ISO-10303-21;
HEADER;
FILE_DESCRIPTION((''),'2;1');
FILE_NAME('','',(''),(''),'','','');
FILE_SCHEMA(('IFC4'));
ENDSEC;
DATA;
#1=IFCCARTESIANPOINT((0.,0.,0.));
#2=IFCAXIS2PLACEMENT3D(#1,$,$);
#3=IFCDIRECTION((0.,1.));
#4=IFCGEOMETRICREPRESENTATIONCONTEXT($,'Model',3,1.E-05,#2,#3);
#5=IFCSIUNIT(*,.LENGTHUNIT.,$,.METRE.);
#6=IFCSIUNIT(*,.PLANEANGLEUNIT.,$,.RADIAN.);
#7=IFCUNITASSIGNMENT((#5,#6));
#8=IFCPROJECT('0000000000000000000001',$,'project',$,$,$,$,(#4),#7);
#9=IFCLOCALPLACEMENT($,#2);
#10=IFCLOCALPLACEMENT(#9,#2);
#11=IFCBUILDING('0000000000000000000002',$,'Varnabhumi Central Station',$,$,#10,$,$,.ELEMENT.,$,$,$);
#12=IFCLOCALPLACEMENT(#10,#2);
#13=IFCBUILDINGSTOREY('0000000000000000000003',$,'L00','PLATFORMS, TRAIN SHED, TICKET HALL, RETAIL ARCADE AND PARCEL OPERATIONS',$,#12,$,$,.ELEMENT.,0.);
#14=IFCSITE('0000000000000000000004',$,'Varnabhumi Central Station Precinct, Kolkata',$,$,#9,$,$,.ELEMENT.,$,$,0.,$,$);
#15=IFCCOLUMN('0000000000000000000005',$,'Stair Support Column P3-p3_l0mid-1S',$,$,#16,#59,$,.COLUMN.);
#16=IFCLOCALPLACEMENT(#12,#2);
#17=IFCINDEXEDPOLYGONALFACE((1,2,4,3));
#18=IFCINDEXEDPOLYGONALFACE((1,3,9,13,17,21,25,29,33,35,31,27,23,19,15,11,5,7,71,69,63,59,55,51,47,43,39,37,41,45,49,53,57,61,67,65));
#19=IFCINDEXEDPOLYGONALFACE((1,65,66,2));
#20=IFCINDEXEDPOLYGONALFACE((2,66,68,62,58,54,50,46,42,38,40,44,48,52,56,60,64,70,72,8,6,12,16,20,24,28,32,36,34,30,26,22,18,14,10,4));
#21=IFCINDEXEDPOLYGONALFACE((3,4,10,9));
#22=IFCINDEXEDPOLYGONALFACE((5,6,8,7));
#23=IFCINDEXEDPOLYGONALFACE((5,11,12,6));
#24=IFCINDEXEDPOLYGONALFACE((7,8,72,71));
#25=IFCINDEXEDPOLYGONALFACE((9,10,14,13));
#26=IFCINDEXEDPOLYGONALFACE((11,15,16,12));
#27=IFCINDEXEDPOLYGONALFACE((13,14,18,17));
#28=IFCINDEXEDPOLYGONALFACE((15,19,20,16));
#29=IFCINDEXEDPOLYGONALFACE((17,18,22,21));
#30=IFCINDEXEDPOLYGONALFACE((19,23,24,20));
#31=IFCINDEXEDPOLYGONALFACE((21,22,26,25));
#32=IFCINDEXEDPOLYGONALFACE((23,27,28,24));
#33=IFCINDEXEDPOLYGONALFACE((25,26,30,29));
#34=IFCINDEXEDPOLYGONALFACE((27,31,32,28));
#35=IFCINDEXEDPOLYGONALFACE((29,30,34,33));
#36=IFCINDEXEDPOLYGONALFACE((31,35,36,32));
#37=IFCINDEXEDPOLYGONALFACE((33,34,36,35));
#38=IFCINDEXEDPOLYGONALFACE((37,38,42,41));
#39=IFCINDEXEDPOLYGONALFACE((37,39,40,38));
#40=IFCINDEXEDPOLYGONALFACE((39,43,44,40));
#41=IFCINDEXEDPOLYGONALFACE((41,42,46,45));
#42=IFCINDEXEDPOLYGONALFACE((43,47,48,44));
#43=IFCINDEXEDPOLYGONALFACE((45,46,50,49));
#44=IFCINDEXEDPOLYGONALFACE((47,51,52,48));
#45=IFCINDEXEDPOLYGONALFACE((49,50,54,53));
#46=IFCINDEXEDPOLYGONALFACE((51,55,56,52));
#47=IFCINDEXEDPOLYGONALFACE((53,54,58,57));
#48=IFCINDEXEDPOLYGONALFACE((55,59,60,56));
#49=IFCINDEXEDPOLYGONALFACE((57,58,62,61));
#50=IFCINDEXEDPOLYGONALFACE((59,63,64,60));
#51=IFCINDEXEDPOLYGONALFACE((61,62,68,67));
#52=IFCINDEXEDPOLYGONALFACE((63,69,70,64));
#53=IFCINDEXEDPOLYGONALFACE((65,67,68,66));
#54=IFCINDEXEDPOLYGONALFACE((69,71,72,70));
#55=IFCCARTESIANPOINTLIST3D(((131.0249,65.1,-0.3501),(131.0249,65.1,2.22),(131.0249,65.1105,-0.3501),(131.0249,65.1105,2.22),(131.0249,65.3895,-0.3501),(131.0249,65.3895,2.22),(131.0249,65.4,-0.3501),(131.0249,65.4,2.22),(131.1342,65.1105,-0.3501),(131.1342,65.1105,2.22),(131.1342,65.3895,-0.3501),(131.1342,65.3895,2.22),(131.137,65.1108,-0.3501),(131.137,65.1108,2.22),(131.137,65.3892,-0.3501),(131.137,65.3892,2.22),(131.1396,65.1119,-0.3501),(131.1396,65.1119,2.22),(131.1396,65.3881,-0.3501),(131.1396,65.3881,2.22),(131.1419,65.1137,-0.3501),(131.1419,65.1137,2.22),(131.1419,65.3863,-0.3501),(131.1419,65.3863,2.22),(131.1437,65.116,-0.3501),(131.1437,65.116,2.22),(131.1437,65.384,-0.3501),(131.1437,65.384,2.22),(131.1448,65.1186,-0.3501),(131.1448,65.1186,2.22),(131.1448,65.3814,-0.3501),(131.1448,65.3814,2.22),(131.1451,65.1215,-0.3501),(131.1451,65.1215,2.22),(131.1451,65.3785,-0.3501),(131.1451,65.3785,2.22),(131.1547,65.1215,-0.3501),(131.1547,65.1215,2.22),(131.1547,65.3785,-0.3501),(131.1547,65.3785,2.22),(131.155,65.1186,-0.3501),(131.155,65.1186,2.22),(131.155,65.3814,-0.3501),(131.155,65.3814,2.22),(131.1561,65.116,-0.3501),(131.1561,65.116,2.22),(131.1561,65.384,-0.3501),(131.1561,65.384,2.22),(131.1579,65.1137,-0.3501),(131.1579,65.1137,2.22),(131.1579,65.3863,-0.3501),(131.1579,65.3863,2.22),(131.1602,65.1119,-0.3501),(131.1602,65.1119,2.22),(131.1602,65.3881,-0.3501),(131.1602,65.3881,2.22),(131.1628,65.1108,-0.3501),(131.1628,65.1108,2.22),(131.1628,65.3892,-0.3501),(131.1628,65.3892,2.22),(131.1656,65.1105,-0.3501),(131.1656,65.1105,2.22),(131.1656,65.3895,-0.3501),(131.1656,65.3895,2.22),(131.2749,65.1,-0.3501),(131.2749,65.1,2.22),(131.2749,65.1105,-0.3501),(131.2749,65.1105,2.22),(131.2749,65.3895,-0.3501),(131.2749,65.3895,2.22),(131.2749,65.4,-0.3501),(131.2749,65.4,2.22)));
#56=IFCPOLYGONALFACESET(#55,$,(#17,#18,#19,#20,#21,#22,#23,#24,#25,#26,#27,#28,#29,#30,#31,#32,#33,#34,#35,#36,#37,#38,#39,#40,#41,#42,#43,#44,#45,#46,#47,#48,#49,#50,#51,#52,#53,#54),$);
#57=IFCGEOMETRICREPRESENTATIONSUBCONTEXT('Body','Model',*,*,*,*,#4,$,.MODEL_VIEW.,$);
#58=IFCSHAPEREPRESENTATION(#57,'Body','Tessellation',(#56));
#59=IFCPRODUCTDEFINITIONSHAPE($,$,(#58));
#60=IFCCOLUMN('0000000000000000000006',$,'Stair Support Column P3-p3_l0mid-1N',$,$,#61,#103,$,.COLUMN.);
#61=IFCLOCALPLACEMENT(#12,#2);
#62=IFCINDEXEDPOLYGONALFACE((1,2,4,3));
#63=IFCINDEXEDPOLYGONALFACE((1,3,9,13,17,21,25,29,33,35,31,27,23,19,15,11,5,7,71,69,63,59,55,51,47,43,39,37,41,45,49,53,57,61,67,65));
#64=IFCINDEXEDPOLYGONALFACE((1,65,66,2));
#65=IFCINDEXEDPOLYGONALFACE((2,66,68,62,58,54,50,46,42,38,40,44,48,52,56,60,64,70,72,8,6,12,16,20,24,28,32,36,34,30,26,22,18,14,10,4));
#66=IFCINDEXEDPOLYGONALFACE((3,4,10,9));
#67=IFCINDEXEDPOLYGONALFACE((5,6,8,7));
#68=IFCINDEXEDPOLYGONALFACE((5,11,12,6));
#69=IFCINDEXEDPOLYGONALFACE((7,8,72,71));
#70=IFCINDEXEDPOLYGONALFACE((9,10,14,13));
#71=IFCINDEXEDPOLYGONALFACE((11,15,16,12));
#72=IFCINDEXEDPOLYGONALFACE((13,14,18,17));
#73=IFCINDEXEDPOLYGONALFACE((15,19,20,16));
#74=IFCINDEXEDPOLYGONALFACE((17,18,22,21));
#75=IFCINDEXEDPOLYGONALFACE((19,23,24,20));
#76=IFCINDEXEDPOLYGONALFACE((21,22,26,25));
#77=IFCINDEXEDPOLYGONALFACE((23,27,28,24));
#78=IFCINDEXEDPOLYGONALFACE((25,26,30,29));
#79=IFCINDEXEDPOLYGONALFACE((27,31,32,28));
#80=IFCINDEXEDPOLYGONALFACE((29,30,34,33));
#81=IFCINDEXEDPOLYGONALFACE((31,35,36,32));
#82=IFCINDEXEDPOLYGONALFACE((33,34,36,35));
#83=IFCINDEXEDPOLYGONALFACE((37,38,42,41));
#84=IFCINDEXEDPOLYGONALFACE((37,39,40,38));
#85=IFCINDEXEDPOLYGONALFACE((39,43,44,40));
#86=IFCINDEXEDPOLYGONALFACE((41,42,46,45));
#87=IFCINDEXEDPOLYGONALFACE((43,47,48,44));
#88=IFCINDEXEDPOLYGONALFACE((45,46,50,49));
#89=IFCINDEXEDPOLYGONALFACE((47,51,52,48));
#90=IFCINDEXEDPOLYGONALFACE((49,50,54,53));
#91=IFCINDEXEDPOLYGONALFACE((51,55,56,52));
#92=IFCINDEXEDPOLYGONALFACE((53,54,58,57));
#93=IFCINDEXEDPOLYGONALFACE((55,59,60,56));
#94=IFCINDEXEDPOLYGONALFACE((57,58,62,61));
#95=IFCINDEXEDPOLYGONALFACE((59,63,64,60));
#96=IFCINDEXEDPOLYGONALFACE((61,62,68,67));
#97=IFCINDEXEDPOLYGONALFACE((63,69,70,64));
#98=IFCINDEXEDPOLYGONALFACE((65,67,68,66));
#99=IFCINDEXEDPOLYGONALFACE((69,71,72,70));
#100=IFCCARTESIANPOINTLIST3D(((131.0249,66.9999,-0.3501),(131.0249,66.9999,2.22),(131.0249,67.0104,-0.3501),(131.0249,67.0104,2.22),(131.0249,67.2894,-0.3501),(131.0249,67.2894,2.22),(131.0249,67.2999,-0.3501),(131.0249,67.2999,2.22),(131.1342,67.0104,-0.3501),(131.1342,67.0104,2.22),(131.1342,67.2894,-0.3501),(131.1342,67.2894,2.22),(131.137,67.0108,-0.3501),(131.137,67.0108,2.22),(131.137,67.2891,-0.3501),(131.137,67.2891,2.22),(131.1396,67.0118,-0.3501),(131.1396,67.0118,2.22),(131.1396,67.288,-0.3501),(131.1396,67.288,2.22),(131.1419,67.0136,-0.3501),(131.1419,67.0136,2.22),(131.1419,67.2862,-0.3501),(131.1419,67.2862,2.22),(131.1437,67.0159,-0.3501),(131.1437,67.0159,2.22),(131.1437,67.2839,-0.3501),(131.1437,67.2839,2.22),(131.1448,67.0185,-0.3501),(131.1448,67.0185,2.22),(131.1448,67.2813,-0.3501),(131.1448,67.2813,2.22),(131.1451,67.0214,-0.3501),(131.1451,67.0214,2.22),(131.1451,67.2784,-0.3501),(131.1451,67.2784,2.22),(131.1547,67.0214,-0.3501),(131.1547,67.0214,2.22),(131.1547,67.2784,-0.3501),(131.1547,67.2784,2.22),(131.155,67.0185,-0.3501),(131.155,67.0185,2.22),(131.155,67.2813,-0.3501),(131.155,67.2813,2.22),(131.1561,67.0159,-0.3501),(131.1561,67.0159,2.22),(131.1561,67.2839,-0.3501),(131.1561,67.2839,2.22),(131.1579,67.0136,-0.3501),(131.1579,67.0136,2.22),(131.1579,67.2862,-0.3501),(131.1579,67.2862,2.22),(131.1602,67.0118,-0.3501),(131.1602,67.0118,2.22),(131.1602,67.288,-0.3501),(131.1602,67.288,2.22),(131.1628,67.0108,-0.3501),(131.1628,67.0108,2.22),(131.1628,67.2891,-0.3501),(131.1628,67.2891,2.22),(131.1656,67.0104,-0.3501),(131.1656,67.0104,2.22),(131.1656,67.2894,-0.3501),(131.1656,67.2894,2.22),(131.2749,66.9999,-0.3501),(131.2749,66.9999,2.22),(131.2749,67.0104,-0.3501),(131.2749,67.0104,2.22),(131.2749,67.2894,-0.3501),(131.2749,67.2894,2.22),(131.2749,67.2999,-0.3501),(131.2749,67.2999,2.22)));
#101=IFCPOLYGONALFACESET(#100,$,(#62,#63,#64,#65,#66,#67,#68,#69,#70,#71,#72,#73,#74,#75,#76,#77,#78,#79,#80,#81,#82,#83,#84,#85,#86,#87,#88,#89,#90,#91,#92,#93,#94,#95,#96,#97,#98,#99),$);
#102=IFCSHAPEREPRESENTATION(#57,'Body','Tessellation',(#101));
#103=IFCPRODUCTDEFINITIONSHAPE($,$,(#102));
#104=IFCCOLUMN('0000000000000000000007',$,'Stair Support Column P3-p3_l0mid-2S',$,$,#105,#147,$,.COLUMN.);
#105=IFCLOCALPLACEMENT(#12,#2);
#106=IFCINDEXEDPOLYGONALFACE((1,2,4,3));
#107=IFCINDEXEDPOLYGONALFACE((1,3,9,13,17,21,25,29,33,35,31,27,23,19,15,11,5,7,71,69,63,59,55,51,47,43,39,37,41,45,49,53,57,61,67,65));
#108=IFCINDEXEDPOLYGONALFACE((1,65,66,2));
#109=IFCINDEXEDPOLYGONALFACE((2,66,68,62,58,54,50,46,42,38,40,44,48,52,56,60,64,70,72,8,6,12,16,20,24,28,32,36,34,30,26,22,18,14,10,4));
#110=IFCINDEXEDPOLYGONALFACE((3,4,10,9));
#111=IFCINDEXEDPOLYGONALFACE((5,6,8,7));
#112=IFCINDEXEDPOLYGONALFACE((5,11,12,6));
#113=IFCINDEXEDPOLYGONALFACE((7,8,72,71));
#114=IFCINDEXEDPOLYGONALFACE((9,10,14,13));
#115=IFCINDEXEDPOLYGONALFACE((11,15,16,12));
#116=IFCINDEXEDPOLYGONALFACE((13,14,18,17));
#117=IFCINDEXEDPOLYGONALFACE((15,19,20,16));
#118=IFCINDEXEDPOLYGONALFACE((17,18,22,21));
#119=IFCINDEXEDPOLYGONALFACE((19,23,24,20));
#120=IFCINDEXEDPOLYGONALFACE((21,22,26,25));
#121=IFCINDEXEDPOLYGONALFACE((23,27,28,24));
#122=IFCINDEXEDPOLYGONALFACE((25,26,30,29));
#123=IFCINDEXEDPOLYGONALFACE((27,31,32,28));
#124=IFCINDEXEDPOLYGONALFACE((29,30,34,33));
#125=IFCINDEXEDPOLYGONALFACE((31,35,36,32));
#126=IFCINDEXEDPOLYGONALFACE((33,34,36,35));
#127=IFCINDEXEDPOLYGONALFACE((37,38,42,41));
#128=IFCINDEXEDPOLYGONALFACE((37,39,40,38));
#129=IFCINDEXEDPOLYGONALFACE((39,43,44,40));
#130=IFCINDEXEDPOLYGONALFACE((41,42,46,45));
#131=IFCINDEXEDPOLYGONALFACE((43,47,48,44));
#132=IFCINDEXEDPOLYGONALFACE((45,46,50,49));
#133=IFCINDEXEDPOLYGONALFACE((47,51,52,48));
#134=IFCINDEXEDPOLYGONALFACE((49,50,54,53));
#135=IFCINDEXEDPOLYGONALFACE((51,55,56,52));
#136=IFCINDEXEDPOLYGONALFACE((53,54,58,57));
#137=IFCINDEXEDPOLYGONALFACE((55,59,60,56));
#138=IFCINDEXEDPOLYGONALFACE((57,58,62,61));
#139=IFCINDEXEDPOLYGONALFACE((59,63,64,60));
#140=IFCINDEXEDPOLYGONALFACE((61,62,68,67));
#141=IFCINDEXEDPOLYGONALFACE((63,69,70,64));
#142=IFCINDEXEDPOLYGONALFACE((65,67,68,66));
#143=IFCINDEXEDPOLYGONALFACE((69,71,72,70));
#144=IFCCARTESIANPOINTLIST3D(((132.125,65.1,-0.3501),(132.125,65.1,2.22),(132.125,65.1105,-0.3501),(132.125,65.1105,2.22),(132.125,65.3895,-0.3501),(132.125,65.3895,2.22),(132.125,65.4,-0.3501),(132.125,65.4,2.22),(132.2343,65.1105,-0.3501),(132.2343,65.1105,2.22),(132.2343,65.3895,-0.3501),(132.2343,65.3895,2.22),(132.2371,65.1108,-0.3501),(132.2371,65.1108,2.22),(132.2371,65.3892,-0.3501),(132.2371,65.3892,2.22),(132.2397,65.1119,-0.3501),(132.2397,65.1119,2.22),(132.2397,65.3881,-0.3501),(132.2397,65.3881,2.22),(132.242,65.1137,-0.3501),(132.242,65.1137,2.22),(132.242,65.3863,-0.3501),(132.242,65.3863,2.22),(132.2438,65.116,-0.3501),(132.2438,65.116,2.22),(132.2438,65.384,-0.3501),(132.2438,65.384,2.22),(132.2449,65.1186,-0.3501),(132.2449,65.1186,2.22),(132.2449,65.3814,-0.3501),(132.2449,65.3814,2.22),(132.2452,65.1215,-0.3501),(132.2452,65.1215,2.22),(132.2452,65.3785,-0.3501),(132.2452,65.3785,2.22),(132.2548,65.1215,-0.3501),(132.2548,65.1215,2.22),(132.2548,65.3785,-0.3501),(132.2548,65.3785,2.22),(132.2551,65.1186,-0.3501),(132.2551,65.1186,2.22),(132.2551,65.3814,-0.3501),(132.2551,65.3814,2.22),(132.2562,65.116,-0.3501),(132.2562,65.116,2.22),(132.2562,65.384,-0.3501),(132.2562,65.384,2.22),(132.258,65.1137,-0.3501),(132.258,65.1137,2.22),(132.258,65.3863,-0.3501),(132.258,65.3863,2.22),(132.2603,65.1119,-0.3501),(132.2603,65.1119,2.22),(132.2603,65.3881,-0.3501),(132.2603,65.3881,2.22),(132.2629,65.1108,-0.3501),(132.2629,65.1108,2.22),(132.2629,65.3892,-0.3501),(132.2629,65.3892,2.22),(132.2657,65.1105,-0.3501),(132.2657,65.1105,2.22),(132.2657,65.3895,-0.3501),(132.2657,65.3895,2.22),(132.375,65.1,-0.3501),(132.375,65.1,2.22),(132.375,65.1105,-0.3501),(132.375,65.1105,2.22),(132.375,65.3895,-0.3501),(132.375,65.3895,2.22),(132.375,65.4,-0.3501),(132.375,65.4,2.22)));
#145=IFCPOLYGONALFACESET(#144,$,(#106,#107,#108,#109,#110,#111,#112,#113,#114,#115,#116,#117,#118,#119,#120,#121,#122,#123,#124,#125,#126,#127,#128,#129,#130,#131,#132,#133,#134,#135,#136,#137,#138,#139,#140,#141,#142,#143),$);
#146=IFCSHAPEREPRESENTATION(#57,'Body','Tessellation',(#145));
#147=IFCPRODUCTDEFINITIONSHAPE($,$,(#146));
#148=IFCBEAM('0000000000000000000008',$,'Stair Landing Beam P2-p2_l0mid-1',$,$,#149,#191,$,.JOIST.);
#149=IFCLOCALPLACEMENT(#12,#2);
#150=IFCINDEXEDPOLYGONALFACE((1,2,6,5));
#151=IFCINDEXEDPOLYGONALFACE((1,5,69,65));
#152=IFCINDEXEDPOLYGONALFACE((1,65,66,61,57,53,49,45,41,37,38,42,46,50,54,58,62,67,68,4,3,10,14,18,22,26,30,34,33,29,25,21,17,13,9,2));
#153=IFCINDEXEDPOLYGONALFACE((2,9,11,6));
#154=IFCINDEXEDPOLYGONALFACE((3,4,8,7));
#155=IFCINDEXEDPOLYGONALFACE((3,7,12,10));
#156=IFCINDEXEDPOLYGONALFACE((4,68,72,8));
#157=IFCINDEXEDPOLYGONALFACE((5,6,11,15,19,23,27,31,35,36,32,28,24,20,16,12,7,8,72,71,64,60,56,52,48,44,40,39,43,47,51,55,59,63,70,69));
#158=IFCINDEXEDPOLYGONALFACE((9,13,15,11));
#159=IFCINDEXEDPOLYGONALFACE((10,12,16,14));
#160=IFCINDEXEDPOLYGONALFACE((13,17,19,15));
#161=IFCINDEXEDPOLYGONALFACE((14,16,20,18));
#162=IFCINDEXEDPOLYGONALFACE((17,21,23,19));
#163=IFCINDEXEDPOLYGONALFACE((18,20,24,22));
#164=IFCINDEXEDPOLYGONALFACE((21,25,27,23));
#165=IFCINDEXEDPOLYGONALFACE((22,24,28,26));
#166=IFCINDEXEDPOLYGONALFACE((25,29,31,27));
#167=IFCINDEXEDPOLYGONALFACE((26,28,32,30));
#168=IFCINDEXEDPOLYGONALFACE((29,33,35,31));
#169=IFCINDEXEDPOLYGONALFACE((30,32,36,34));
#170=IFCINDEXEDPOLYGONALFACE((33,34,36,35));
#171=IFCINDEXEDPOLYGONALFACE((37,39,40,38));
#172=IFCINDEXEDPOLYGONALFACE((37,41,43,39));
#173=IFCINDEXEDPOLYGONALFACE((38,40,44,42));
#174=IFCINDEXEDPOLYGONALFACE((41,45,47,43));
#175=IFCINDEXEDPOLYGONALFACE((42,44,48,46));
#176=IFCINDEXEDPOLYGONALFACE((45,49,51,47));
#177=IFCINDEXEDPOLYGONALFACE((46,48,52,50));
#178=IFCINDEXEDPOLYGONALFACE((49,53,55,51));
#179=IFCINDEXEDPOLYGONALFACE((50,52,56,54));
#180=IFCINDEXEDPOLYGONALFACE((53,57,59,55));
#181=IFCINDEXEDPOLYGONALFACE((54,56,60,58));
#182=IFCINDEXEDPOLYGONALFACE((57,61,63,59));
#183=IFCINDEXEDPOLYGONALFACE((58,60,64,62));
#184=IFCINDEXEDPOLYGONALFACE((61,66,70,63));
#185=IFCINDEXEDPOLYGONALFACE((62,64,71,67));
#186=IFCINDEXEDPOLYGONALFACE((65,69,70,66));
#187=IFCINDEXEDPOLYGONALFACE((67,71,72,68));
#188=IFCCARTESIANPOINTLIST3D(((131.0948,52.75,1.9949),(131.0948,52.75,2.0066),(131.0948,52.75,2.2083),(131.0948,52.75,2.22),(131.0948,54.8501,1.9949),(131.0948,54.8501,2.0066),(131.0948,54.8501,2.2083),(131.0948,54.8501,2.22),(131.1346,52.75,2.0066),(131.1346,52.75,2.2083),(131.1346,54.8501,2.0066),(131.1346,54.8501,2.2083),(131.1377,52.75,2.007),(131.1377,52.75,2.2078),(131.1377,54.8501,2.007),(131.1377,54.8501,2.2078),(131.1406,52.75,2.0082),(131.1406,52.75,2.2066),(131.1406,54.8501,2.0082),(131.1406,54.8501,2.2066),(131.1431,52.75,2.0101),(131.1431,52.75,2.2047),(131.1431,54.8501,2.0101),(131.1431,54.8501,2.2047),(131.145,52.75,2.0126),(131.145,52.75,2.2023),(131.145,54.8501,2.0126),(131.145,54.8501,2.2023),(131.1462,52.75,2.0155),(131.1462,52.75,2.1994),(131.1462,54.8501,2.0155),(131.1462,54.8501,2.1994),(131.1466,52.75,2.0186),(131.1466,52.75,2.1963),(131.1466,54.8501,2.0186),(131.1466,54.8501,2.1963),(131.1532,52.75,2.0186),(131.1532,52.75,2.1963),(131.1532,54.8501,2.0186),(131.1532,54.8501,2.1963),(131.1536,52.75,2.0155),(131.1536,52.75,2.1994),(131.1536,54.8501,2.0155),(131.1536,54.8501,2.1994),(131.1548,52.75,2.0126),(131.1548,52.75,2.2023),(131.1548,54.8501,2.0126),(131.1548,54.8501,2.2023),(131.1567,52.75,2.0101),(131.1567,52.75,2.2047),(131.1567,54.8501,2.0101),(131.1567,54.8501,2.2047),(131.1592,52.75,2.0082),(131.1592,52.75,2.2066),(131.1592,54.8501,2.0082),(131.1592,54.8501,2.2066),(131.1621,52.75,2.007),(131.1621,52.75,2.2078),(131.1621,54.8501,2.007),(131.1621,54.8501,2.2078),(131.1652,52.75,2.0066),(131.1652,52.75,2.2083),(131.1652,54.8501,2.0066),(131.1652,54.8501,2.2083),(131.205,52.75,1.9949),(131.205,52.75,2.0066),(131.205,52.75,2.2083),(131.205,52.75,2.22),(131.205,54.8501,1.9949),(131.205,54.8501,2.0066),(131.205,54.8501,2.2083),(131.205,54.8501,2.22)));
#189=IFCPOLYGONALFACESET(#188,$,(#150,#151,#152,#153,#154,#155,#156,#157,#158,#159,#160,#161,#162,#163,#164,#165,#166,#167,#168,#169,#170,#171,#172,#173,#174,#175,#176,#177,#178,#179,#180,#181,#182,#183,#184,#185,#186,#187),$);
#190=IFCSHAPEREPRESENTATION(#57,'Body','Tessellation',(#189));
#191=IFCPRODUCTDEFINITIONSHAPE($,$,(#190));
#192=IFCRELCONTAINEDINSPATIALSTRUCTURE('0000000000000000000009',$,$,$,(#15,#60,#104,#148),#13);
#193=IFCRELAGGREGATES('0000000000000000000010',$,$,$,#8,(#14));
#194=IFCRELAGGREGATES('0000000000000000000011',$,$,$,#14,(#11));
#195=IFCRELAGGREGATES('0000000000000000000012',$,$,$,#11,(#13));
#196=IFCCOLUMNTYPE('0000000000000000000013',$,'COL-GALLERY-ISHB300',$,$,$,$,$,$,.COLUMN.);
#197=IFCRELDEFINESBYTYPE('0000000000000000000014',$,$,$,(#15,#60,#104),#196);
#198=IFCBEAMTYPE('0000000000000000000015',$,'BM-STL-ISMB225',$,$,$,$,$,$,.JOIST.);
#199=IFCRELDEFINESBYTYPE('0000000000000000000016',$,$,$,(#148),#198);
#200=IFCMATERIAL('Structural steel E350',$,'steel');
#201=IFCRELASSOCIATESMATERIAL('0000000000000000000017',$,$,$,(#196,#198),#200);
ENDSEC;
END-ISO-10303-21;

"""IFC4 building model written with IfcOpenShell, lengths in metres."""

from ifc_helpers import new_model, si_unit, direction, frame, origin, origin_2d, place, context, subcontext, project, spatial, i_section, extrude, material, material_profile, profile_set, type_object, element, save


model = new_model("IFC4")

# Units and contexts
model_context = context("Model", 3, precision=1e-05, world=origin(), true_north=direction((0.0, 1.0)))
body_context = subcontext(model_context, "Body", "Model", "MODEL_VIEW")
ifc_project = project(units=[si_unit("LENGTHUNIT", "METRE"), si_unit("PLANEANGLEUNIT", "RADIAN")], contexts=[model_context])

# Site, building, storey
site_placement = place(None, origin())
site = spatial("IfcSite", under=ifc_project, at=site_placement, Name="Varnabhumi Central Station Precinct, Kolkata", CompositionType="ELEMENT", RefElevation=0.0)
building_placement = place(site_placement, origin())
building = spatial("IfcBuilding", under=site, at=building_placement, Name="Varnabhumi Central Station", CompositionType="ELEMENT")
storey_placement = place(building_placement, origin())
storey = spatial("IfcBuildingStorey", under=building, at=storey_placement, Name="L00", Description="PLATFORMS, TRAIN SHED, TICKET HALL, RETAIL ARCADE AND PARCEL OPERATIONS", CompositionType="ELEMENT", Elevation=0.0)

# Columns
ifc_material_1 = material(Name="Structural steel E350", Category="steel")
ifc_material_profile_1 = material_profile(ifc_material_1, i_section(OverallWidth=0.25, OverallDepth=0.3, WebThickness=0.0095, FlangeThickness=0.0105, FilletRadius=0.011, at=origin_2d()), Name="Structural steel E350", Category="steel")
ifc_profile_set_1 = profile_set([ifc_material_profile_1], Name="Structural steel E350")
column_type = type_object("IfcColumnType", Name="COL-GALLERY-ISHB300", PredefinedType="COLUMN", material=ifc_profile_set_1)
for number, where, z_axis, x_axis, name in (
    (1, (131.1499, 65.25, -0.3501), (0.0, 0.0, 1.0), (1.0, 0.0, 0.0), "Stair Support Column P3-p3_l0mid-1S"),
    (2, (131.1499, 67.1499, -0.3501), (0.0, 0.0, 1.0), (1.0, 0.0, 0.0), "Stair Support Column P3-p3_l0mid-1N"),
    (3, (132.25, 65.25, -0.3501), (0.0, 0.0, 1.0), (1.0, 0.0, 0.0), "Stair Support Column P3-p3_l0mid-2S"),
):
    element("IfcColumn", number, at=place(storey_placement, frame(where, z_axis=z_axis, x_axis=x_axis)), inside=storey, type_object=column_type, Name=name, PredefinedType="COLUMN", context=body_context, shape_type="SweptSolid", body=[
        extrude(i_section(OverallWidth=0.25, OverallDepth=0.3, WebThickness=0.0095, FlangeThickness=0.0105, FilletRadius=0.011, at=origin_2d()), origin(), (0.0, 0.0, 1.0), 2.5701),
    ])

# Beam
ifc_material_profile_2 = material_profile(ifc_material_1, i_section(OverallWidth=0.1101, OverallDepth=0.2251, WebThickness=0.0066, FlangeThickness=0.0117, FilletRadius=0.012, at=origin_2d()), Name="Structural steel E350", Category="steel")
ifc_profile_set_2 = profile_set([ifc_material_profile_2], Name="Structural steel E350")
beam_type = type_object("IfcBeamType", Name="BM-STL-ISMB225", PredefinedType="JOIST", material=ifc_profile_set_2)
for number, where, z_axis, x_axis, name in (
    (4, (131.1499, 52.75, 2.1074), (0.0, 1.0, 0.0), (-1.0, 0.0, 0.0), "Stair Landing Beam P2-p2_l0mid-1"),
):
    element("IfcBeam", number, at=place(storey_placement, frame(where, z_axis=z_axis, x_axis=x_axis)), inside=storey, type_object=beam_type, Name=name, PredefinedType="JOIST", context=body_context, shape_type="SweptSolid", body=[
        extrude(i_section(OverallWidth=0.1101, OverallDepth=0.2251, WebThickness=0.0066, FlangeThickness=0.0117, FilletRadius=0.012, at=origin_2d()), origin(), (0.0, 0.0, 1.0), 2.1001),
    ])

save(model, "model.ifc")
